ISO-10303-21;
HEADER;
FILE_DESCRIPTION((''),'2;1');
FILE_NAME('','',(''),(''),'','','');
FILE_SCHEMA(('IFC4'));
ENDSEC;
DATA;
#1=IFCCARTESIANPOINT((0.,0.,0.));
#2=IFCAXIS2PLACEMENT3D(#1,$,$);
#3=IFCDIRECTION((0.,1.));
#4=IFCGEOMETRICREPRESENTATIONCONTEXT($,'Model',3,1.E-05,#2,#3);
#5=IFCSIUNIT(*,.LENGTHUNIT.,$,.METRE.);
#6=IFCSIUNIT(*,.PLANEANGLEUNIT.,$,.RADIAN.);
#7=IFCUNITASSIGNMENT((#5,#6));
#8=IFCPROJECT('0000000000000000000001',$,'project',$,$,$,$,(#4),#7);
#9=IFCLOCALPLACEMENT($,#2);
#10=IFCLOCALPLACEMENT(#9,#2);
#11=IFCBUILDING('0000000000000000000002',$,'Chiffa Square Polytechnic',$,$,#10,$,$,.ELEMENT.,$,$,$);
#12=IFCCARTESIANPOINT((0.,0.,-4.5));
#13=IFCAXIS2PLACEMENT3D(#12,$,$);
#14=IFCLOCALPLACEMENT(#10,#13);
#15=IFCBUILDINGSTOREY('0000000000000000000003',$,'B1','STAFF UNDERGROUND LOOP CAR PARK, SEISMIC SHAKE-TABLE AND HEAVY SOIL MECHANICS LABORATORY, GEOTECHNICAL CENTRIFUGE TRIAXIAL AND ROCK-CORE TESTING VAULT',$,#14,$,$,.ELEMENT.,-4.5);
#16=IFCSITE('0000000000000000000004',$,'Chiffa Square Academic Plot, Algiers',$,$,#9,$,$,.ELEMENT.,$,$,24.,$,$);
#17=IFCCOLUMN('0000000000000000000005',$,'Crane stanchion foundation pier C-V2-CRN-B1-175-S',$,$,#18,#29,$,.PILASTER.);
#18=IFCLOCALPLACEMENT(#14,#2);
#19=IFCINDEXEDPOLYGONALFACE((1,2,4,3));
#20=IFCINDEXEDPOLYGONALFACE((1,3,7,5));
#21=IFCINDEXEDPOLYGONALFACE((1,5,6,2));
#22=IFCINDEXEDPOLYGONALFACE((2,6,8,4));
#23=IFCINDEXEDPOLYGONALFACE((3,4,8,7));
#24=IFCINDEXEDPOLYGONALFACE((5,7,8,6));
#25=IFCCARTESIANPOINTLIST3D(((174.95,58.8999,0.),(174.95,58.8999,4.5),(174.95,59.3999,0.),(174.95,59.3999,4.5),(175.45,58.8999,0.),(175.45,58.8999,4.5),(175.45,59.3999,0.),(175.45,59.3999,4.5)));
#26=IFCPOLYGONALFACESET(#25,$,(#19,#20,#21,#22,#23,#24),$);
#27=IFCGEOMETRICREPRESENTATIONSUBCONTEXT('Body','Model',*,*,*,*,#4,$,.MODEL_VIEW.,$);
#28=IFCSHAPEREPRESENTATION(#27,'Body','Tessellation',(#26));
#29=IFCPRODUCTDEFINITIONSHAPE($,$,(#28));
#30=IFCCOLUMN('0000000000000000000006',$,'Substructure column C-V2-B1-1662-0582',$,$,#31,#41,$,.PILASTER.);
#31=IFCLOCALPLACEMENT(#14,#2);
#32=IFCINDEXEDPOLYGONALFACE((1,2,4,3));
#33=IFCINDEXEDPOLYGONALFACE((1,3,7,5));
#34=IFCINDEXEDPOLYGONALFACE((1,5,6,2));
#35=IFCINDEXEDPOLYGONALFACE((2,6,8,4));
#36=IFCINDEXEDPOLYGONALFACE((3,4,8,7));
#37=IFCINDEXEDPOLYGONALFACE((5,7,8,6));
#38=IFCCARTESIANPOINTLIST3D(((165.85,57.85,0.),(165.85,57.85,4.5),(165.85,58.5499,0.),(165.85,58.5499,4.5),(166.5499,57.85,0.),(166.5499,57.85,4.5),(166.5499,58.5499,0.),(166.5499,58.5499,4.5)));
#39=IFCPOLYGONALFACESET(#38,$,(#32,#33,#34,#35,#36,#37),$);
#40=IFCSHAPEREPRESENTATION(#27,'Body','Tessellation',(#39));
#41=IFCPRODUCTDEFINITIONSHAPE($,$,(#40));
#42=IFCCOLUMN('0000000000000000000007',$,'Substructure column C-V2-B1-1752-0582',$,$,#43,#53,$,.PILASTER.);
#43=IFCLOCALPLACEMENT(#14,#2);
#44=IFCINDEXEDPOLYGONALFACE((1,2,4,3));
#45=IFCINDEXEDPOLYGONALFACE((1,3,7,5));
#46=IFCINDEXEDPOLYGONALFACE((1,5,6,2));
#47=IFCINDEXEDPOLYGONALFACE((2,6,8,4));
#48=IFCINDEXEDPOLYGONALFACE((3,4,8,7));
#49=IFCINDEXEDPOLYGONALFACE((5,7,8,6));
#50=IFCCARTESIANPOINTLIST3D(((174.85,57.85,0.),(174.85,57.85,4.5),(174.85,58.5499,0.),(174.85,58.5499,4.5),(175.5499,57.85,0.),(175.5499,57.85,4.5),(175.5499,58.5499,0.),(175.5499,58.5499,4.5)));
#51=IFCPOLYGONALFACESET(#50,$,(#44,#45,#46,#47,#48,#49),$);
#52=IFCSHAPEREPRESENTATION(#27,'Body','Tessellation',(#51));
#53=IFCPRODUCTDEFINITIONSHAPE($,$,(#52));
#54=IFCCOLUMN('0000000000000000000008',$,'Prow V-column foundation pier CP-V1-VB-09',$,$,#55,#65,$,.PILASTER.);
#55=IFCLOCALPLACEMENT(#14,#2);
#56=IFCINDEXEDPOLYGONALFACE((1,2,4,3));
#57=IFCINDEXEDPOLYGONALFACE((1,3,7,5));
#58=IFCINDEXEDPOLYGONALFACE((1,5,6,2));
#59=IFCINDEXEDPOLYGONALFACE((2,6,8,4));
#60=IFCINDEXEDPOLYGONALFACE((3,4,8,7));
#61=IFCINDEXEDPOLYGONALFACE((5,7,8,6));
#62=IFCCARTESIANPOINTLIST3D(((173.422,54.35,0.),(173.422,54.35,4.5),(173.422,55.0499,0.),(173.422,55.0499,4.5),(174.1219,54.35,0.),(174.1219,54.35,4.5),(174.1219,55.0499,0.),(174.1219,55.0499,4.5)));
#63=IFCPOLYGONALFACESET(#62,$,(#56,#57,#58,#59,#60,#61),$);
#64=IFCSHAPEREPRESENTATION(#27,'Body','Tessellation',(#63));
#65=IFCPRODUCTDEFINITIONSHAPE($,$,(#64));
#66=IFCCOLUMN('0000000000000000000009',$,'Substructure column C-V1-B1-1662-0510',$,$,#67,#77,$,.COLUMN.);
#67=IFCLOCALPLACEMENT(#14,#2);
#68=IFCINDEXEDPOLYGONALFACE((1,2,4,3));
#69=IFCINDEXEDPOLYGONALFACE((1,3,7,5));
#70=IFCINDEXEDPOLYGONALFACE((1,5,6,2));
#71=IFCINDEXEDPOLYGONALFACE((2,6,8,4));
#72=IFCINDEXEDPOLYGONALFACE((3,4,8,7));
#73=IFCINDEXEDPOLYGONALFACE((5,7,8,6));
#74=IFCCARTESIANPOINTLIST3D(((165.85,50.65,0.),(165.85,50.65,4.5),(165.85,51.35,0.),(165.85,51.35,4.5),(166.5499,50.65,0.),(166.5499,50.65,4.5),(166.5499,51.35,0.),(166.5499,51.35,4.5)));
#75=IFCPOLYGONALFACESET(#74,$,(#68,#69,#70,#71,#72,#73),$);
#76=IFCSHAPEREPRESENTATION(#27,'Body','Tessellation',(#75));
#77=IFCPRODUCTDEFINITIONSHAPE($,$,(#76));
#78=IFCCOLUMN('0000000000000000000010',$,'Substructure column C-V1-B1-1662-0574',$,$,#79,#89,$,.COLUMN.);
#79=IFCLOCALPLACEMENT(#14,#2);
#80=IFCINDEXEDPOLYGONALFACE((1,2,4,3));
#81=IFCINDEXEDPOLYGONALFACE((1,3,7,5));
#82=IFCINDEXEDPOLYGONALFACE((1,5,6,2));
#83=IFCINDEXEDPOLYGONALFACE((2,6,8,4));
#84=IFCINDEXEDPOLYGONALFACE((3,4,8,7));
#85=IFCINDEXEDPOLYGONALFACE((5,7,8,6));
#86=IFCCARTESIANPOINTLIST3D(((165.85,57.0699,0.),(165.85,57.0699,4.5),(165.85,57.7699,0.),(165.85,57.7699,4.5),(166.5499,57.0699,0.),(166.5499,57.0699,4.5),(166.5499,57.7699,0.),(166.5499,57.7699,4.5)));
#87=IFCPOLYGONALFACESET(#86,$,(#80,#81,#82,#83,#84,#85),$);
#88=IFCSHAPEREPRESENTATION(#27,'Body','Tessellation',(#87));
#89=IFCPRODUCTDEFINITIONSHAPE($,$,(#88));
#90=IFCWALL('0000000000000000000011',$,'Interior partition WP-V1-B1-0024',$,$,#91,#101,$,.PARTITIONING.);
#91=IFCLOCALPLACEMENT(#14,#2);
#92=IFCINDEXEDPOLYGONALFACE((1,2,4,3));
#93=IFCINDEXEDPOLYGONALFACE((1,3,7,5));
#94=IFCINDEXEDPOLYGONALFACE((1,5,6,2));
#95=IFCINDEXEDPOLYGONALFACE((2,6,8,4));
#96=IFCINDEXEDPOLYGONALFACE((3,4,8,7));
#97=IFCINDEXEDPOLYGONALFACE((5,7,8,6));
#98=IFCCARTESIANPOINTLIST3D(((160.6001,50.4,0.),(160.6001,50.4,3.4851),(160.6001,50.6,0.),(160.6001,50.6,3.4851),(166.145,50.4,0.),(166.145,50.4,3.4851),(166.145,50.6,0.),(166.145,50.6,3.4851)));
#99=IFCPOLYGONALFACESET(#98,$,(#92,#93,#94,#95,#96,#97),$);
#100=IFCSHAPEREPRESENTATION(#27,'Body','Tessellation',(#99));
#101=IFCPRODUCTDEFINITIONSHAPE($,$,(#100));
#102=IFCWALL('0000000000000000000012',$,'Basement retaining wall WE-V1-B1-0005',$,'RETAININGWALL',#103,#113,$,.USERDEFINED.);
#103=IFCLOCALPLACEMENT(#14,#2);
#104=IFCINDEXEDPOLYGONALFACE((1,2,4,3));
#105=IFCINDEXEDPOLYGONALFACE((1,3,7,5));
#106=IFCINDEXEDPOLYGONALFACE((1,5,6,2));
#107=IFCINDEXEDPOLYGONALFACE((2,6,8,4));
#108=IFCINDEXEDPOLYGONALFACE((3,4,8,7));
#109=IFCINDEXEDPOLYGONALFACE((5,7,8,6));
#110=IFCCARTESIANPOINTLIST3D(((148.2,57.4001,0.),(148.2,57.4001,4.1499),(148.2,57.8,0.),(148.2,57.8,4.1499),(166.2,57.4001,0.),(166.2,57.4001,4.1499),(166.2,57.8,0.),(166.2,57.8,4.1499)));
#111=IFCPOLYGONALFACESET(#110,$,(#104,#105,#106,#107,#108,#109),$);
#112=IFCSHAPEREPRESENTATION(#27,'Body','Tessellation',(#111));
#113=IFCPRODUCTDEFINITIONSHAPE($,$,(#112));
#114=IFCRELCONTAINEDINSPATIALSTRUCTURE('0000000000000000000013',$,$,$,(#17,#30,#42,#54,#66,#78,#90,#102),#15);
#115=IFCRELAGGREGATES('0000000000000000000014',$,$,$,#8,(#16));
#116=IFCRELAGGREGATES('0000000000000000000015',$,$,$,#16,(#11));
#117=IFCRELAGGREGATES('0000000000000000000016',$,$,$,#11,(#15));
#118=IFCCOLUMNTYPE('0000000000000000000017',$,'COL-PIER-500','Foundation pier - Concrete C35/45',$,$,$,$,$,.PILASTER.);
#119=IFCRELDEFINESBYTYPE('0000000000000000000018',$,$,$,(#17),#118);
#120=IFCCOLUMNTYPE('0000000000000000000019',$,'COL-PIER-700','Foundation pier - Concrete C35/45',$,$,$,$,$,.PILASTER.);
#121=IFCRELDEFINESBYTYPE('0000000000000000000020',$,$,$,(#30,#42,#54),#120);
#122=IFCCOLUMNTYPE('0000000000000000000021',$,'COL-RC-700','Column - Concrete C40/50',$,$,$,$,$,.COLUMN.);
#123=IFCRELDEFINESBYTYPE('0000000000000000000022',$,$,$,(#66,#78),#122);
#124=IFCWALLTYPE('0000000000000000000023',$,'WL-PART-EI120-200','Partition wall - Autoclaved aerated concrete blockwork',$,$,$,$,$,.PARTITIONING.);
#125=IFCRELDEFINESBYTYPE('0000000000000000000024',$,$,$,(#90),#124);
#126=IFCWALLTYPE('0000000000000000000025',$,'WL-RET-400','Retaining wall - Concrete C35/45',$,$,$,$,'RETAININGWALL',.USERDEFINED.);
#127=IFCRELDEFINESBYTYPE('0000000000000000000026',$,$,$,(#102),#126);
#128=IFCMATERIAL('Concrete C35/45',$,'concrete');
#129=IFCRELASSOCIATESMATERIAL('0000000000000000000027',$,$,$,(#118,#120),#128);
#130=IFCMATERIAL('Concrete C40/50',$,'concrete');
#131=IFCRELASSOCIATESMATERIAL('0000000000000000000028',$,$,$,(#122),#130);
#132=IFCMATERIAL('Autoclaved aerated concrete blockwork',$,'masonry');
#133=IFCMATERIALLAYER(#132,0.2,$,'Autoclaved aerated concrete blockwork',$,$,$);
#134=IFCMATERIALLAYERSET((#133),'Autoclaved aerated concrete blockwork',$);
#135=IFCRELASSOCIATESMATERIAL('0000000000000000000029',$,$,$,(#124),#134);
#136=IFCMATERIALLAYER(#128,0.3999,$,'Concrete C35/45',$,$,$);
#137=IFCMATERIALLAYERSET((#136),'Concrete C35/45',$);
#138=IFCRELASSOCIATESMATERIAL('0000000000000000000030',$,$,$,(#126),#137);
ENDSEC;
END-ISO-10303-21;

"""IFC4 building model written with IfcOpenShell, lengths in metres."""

from ifc_helpers import new_model, si_unit, direction, frame, frame_2d, origin, origin_2d, place, context, subcontext, project, spatial, rectangle, extrude, material, layer, layer_set, material_profile, profile_set, type_object, element, save


model = new_model("IFC4")

# Units and contexts
model_context = context("Model", 3, precision=1e-05, world=origin(), true_north=direction((0.0, 1.0)))
body_context = subcontext(model_context, "Body", "Model", "MODEL_VIEW")
ifc_project = project(units=[si_unit("LENGTHUNIT", "METRE"), si_unit("PLANEANGLEUNIT", "RADIAN")], contexts=[model_context])

# Site, building, storey
site_placement = place(None, origin())
site = spatial("IfcSite", under=ifc_project, at=site_placement, Name="Chiffa Square Academic Plot, Algiers", CompositionType="ELEMENT", RefElevation=24.0)
building_placement = place(site_placement, origin())
building = spatial("IfcBuilding", under=site, at=building_placement, Name="Chiffa Square Polytechnic", CompositionType="ELEMENT")
storey_placement = place(building_placement, frame((0.0, 0.0, -4.5)))
storey = spatial("IfcBuildingStorey", under=building, at=storey_placement, Name="B1", Description="STAFF UNDERGROUND LOOP CAR PARK, SEISMIC SHAKE-TABLE AND HEAVY SOIL MECHANICS LABORATORY, GEOTECHNICAL CENTRIFUGE TRIAXIAL AND ROCK-CORE TESTING VAULT", CompositionType="ELEMENT", Elevation=-4.5)

# Shared definitions
ifc_material_1 = material(Name="Concrete C35/45", Category="concrete")

# Columns
ifc_material_profile_1 = material_profile(ifc_material_1, rectangle(XDim=0.5, YDim=0.5, at=origin_2d()), Name="RC 500x500")
ifc_profile_set_1 = profile_set([ifc_material_profile_1], Name="Concrete C35/45")
column_type_1 = type_object("IfcColumnType", Name="COL-PIER-500", Description="Foundation pier - Concrete C35/45", PredefinedType="PILASTER", material=ifc_profile_set_1)
for number, where, z_axis, x_axis, name in (
    (1, (175.2, 59.1499, 0.0), (0.0, 0.0, 1.0), (1.0, 0.0, 0.0), "Crane stanchion foundation pier C-V2-CRN-B1-175-S"),
):
    element("IfcColumn", number, at=place(storey_placement, frame(where, z_axis=z_axis, x_axis=x_axis)), inside=storey, type_object=column_type_1, Name=name, PredefinedType="PILASTER", context=body_context, shape_type="SweptSolid", body=[
        extrude(rectangle(XDim=0.5, YDim=0.5, at=origin_2d()), origin(), (0.0, 0.0, 1.0), 4.5),
    ])
ifc_material_profile_2 = material_profile(ifc_material_1, rectangle(XDim=0.7, YDim=0.7, at=origin_2d()), Name="RC 700x700")
ifc_profile_set_2 = profile_set([ifc_material_profile_2], Name="Concrete C35/45")
column_type_2 = type_object("IfcColumnType", Name="COL-PIER-700", Description="Foundation pier - Concrete C35/45", PredefinedType="PILASTER", material=ifc_profile_set_2)
for number, where, z_axis, x_axis, name in (
    (2, (166.2, 58.2, 0.0), (0.0, 0.0, 1.0), (1.0, 0.0, 0.0), "Substructure column C-V2-B1-1662-0582"),
    (3, (175.2, 58.2, 0.0), (0.0, 0.0, 1.0), (1.0, 0.0, 0.0), "Substructure column C-V2-B1-1752-0582"),
    (4, (173.772, 54.7, 0.0), (0.0, 0.0, 1.0), (1.0, 0.0, 0.0), "Prow V-column foundation pier CP-V1-VB-09"),
):
    element("IfcColumn", number, at=place(storey_placement, frame(where, z_axis=z_axis, x_axis=x_axis)), inside=storey, type_object=column_type_2, Name=name, PredefinedType="PILASTER", context=body_context, shape_type="SweptSolid", body=[
        extrude(rectangle(XDim=0.7, YDim=0.7, at=origin_2d()), origin(), (0.0, 0.0, 1.0), 4.5),
    ])
ifc_material_2 = material(Name="Concrete C40/50", Category="concrete")
ifc_material_profile_3 = material_profile(ifc_material_2, rectangle(XDim=0.7, YDim=0.7, at=origin_2d()), Name="RC 700x700")
ifc_profile_set_3 = profile_set([ifc_material_profile_3], Name="Concrete C40/50")
column_type_3 = type_object("IfcColumnType", Name="COL-RC-700", Description="Column - Concrete C40/50", PredefinedType="COLUMN", material=ifc_profile_set_3)
for number, where, z_axis, x_axis, name in (
    (5, (166.2, 51.0, 0.0), (0.0, 0.0, 1.0), (1.0, 0.0, 0.0), "Substructure column C-V1-B1-1662-0510"),
    (6, (166.2, 57.4199, 0.0), (0.0, 0.0, 1.0), (1.0, 0.0, 0.0), "Substructure column C-V1-B1-1662-0574"),
):
    element("IfcColumn", number, at=place(storey_placement, frame(where, z_axis=z_axis, x_axis=x_axis)), inside=storey, type_object=column_type_3, Name=name, PredefinedType="COLUMN", context=body_context, shape_type="SweptSolid", body=[
        extrude(rectangle(XDim=0.7, YDim=0.7, at=origin_2d()), origin(), (0.0, 0.0, 1.0), 4.5),
    ])

# Shared definitions
ifc_material_3 = material(Name="Autoclaved aerated concrete blockwork", Category="masonry")
ifc_layer_1 = layer(ifc_material_3, 0.2, Name="Autoclaved aerated concrete blockwork")
ifc_layer_set_1 = layer_set([ifc_layer_1], Name="Autoclaved aerated concrete blockwork")
wall_type_1 = type_object("IfcWallType", Name="WL-PART-EI120-200", Description="Partition wall - Autoclaved aerated concrete blockwork", PredefinedType="PARTITIONING", material=ifc_layer_set_1)

# Walls
wall_1_placement = place(storey_placement, frame((160.6001, 50.5, 0.0), z_axis=(0.0, 0.0, 1.0), x_axis=(1.0, 0.0, 0.0)))
element("IfcWall", 7, at=wall_1_placement, inside=storey, type_object=wall_type_1, Name="Interior partition WP-V1-B1-0024", PredefinedType="PARTITIONING", context=body_context, shape_type="SweptSolid", body=[
    extrude(rectangle(XDim=5.5449, YDim=0.2, at=frame_2d((2.7725, 0.0))), origin(), (0.0, 0.0, 1.0), 3.4851),
])
ifc_layer_2 = layer(ifc_material_1, 0.3999, Name="Concrete C35/45")
ifc_layer_set_2 = layer_set([ifc_layer_2], Name="Concrete C35/45")
wall_type_2 = type_object("IfcWallType", Name="WL-RET-400", Description="Retaining wall - Concrete C35/45", ElementType="RETAININGWALL", PredefinedType="USERDEFINED", material=ifc_layer_set_2)
wall_2_placement = place(storey_placement, frame((166.2, 57.6001, 0.0), z_axis=(0.0, 0.0, 1.0), x_axis=(-1.0, 0.0, 0.0)))
element("IfcWall", 8, at=wall_2_placement, inside=storey, type_object=wall_type_2, Name="Basement retaining wall WE-V1-B1-0005", ObjectType="RETAININGWALL", PredefinedType="USERDEFINED", context=body_context, shape_type="SweptSolid", body=[
    extrude(rectangle(XDim=18.0, YDim=0.3999, at=frame_2d((9.0, 0.0))), origin(), (0.0, 0.0, 1.0), 4.1499),
])

save(model, "model.ifc")
